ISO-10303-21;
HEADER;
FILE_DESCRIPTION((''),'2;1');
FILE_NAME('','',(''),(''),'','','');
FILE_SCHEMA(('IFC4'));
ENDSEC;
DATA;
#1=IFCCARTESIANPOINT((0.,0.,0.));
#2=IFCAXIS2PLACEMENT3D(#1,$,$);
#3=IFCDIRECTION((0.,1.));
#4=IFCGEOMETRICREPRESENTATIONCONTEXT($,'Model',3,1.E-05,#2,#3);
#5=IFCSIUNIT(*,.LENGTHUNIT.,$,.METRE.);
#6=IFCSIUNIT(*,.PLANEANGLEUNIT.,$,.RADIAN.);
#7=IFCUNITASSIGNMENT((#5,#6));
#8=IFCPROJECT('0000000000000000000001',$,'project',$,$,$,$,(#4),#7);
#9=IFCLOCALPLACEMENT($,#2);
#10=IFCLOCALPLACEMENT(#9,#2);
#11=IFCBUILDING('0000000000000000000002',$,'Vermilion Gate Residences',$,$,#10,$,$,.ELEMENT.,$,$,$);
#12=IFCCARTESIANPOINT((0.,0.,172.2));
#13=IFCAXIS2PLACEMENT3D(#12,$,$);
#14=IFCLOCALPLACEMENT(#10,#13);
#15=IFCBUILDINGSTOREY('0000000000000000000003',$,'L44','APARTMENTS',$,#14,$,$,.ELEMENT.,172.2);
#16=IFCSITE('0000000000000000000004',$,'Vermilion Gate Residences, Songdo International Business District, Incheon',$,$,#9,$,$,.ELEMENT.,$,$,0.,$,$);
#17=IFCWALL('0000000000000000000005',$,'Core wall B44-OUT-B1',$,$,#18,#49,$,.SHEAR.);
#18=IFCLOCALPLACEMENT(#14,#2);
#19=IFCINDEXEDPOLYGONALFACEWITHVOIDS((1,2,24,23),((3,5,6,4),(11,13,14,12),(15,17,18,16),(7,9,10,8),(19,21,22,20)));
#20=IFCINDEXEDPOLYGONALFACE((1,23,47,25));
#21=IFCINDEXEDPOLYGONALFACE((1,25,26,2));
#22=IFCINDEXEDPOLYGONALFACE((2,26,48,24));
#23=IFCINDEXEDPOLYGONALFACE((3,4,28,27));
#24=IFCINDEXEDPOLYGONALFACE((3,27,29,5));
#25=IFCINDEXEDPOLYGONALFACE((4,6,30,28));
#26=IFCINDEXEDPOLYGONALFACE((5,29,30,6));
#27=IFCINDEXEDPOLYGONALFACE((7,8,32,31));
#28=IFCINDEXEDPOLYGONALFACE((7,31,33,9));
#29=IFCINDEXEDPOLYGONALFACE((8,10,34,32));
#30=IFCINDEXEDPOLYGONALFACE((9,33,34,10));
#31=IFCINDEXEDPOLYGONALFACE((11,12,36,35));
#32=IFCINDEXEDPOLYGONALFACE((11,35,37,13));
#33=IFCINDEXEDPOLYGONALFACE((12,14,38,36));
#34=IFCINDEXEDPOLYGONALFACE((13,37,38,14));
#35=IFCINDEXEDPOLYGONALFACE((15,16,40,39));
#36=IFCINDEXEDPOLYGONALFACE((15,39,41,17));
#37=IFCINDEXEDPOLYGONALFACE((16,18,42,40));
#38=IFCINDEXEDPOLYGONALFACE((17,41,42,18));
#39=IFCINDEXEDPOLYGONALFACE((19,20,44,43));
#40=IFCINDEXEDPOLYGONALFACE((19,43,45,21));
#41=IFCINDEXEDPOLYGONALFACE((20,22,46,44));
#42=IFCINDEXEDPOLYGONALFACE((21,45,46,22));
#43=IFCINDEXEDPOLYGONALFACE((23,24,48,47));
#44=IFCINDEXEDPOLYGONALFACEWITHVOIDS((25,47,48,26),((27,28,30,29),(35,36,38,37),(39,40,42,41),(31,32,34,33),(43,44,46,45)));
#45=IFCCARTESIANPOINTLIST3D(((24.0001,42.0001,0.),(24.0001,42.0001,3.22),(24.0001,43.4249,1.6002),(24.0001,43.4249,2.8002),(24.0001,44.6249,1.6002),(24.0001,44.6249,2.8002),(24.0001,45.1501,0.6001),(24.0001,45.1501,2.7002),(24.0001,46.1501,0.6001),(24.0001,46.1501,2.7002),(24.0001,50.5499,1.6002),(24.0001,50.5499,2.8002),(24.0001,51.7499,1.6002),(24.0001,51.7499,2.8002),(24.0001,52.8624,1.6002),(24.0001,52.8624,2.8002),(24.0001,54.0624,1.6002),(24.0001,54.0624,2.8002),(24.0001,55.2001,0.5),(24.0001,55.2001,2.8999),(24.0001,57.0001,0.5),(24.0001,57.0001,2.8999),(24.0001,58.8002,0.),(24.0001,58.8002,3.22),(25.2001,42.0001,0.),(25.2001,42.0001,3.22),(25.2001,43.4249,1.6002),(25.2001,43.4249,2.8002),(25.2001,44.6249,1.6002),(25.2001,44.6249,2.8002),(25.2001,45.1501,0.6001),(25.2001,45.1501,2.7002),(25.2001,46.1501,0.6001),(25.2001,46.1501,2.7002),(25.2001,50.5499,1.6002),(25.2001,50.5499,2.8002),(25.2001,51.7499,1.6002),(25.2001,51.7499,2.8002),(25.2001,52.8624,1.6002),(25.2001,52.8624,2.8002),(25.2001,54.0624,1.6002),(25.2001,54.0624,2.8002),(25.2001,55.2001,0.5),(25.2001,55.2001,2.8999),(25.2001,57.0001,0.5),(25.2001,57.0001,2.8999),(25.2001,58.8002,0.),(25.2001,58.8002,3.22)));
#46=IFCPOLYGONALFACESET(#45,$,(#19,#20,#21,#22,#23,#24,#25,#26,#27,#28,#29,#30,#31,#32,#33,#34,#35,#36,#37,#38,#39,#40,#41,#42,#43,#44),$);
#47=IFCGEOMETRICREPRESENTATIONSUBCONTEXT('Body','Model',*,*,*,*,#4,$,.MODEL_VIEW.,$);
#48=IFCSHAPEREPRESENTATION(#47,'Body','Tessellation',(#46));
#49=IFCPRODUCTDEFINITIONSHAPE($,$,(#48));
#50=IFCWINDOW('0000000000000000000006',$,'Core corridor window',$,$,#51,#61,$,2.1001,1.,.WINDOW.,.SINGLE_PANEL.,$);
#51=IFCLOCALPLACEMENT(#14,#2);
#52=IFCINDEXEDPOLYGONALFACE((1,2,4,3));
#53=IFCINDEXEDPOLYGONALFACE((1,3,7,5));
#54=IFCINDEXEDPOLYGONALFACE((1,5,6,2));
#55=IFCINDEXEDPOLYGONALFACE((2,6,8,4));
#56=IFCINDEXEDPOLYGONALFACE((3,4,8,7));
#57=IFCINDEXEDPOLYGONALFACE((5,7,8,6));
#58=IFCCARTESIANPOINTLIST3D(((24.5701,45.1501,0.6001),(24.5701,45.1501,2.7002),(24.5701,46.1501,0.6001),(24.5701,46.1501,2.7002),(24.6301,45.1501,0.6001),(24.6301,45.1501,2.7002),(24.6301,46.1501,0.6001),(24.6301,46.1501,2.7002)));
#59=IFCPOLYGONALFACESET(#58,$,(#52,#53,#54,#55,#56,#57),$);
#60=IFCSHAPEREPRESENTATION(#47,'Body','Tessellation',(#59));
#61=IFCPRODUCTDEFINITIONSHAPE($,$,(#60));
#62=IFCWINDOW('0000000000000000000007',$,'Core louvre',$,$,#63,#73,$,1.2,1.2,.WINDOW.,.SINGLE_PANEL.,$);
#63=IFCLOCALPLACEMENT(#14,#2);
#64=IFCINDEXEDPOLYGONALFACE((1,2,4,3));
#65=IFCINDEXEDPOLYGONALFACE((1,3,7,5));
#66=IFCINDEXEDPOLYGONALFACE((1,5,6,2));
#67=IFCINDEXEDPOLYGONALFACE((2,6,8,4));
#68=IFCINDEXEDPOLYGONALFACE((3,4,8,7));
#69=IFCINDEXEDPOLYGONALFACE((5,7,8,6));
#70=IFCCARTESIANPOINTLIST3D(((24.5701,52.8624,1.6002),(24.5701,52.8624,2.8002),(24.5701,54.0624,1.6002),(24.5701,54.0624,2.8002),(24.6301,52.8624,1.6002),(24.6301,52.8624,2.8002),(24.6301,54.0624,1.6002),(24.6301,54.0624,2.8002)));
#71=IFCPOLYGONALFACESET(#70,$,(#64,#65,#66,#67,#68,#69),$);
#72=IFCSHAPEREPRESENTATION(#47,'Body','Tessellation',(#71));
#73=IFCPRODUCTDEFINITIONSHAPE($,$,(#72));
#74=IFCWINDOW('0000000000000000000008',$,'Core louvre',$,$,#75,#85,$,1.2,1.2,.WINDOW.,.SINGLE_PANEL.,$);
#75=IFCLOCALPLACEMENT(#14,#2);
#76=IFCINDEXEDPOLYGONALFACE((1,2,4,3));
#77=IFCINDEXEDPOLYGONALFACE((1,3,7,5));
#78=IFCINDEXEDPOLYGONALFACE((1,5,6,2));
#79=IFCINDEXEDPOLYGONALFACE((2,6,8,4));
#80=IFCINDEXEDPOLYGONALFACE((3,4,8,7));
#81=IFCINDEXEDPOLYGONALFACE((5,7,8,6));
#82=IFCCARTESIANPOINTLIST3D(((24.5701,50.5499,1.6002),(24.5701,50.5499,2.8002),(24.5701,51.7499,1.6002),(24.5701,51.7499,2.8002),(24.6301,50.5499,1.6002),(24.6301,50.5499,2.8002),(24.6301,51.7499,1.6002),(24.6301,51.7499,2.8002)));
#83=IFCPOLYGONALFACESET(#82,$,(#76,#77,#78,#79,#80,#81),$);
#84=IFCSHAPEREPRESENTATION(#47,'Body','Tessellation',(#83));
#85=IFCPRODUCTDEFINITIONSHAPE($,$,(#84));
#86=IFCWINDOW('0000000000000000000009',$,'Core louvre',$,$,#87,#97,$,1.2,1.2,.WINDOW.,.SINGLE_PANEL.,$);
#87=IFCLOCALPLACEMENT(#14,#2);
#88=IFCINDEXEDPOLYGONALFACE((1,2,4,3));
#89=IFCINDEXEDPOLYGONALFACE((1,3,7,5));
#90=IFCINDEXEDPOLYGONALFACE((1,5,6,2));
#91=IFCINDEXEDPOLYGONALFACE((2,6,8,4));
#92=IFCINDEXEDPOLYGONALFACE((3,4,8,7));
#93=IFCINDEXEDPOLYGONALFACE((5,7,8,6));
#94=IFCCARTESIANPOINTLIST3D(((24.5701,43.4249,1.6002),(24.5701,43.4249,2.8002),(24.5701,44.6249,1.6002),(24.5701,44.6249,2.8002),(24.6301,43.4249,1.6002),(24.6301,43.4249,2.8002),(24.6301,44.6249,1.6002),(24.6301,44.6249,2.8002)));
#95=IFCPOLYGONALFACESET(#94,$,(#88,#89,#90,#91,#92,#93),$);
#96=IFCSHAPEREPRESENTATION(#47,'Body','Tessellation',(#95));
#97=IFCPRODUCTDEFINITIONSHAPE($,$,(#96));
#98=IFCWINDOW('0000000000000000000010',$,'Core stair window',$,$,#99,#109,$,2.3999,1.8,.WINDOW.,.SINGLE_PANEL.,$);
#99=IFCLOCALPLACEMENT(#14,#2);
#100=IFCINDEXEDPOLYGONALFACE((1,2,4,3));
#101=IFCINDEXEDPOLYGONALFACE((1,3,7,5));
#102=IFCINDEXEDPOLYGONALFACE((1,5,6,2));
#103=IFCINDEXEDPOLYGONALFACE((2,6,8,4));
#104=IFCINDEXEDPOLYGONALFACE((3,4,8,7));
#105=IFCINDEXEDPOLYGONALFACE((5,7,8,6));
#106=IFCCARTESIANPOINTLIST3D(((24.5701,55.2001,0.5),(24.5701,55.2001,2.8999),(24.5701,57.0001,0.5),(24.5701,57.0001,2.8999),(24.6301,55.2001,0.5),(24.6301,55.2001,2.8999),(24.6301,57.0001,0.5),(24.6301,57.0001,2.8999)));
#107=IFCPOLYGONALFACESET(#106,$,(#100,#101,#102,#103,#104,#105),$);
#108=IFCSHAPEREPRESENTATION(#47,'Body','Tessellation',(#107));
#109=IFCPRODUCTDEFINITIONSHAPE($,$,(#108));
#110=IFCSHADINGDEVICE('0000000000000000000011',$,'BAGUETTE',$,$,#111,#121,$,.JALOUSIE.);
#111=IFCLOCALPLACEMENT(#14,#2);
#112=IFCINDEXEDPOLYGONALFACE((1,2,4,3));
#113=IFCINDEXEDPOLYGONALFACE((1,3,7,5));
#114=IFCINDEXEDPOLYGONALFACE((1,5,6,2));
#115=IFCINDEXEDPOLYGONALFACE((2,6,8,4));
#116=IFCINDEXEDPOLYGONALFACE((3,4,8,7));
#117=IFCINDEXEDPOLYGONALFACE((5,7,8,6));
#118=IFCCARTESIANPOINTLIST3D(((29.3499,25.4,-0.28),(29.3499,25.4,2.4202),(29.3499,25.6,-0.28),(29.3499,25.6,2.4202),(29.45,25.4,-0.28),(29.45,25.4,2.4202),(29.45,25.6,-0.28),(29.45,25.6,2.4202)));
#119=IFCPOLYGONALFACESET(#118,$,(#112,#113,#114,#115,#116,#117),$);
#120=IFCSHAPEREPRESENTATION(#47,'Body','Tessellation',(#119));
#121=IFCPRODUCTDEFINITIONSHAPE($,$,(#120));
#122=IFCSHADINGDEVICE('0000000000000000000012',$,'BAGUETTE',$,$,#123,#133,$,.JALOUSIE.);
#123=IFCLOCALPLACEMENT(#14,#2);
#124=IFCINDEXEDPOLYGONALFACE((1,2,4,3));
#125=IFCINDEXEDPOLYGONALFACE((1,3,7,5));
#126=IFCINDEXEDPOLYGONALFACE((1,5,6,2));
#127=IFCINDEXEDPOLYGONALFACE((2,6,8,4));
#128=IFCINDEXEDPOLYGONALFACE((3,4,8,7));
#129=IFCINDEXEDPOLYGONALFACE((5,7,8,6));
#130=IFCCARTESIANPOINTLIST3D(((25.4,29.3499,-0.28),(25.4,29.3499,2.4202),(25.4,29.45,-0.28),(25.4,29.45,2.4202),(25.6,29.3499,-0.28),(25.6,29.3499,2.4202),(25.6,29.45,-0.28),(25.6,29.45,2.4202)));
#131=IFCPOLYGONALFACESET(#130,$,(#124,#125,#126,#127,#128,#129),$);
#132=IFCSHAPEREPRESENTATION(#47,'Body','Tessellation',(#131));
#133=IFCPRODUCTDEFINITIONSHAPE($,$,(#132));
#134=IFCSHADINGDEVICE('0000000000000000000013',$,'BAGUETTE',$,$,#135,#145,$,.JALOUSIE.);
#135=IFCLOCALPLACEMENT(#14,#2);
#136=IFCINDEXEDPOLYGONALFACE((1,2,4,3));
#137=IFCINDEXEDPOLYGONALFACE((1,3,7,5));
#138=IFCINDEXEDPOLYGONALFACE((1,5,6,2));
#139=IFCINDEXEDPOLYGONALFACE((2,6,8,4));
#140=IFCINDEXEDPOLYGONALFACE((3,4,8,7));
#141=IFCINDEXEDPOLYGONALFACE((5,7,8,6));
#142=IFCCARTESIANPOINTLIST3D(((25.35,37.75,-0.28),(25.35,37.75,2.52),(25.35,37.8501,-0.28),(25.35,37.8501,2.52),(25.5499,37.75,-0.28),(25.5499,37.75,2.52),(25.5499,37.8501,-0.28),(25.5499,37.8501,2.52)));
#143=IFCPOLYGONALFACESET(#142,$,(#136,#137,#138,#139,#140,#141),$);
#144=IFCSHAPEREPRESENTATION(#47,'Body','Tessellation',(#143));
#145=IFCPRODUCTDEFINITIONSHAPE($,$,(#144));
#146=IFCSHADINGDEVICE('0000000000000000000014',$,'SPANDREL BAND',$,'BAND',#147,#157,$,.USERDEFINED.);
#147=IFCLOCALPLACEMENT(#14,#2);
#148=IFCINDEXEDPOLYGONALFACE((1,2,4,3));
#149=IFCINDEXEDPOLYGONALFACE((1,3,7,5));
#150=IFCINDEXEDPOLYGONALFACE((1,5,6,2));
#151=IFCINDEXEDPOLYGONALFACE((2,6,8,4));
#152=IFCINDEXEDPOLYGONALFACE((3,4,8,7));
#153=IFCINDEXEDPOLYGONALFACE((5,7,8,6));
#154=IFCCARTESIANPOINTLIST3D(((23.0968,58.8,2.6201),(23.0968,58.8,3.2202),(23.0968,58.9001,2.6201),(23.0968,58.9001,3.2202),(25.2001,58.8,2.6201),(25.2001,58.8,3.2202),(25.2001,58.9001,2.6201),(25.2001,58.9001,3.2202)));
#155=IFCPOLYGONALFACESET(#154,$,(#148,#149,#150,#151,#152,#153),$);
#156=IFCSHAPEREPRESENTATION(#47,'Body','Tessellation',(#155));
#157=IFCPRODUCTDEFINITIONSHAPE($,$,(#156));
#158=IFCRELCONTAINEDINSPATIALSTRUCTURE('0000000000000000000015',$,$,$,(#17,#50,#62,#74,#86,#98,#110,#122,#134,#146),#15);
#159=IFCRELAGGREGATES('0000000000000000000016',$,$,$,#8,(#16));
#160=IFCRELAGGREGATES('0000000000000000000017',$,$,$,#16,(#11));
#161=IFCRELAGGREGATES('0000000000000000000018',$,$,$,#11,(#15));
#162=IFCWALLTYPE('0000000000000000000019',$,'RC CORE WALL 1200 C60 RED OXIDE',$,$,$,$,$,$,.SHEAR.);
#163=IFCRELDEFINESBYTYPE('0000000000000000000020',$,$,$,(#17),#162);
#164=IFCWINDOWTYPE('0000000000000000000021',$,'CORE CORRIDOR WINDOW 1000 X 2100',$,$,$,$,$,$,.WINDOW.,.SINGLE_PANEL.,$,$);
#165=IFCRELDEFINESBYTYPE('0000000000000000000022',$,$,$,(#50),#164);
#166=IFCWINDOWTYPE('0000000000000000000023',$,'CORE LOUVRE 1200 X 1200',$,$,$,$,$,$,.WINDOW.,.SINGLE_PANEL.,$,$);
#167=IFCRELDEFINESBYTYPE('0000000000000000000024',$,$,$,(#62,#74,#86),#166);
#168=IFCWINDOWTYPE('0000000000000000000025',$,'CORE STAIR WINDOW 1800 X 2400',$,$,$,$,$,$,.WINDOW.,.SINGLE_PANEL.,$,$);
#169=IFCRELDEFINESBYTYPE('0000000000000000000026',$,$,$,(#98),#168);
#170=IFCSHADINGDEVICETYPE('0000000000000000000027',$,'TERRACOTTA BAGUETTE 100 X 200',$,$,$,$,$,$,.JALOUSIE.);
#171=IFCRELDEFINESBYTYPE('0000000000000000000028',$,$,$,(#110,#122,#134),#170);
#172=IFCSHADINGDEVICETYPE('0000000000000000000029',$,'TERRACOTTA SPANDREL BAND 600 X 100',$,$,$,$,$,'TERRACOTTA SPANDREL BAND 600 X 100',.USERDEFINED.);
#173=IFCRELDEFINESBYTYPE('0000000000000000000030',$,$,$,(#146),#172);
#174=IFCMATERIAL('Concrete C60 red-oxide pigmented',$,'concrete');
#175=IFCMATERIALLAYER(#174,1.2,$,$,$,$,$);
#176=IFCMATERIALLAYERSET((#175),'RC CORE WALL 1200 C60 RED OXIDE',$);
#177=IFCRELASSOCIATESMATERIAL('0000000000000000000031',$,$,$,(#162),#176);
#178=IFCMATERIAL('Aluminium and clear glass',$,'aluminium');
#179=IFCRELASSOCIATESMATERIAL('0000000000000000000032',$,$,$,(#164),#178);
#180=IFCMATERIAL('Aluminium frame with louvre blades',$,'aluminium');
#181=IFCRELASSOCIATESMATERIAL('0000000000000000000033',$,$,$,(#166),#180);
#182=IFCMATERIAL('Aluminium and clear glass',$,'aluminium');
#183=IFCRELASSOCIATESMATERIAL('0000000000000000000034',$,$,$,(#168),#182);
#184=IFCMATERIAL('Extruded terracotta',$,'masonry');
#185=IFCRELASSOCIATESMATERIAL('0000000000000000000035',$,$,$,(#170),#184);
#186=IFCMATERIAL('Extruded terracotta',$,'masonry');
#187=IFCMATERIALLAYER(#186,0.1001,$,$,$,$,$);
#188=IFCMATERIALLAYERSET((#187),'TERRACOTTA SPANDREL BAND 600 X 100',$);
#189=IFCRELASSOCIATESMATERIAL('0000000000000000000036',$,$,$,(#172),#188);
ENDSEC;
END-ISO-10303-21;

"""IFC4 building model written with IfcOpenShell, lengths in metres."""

from ifc_helpers import new_model, si_unit, direction, frame, frame_2d, origin, origin_2d, place, context, subcontext, project, spatial, rectangle, extrude, material, layer, layer_set, material_profile, profile_set, type_object, element, fill, save


model = new_model("IFC4")

# Units and contexts
model_context = context("Model", 3, precision=1e-05, world=origin(), true_north=direction((0.0, 1.0)))
body_context = subcontext(model_context, "Body", "Model", "MODEL_VIEW")
ifc_project = project(units=[si_unit("LENGTHUNIT", "METRE"), si_unit("PLANEANGLEUNIT", "RADIAN")], contexts=[model_context])

# Site, building, storey
site_placement = place(None, origin())
site = spatial("IfcSite", under=ifc_project, at=site_placement, Name="Vermilion Gate Residences, Songdo International Business District, Incheon", CompositionType="ELEMENT", RefElevation=0.0)
building_placement = place(site_placement, origin())
building = spatial("IfcBuilding", under=site, at=building_placement, Name="Vermilion Gate Residences", CompositionType="ELEMENT")
storey_placement = place(building_placement, frame((0.0, 0.0, 172.2)))
storey = spatial("IfcBuildingStorey", under=building, at=storey_placement, Name="L44", Description="APARTMENTS", CompositionType="ELEMENT", Elevation=172.2)

# Wall, openings, windows
ifc_material_1 = material(Name="Concrete C60 red-oxide pigmented", Category="concrete")
ifc_layer_1 = layer(ifc_material_1, 1.2)
ifc_layer_set_1 = layer_set([ifc_layer_1], Name="RC CORE WALL 1200 C60 RED OXIDE")
wall_type_1 = type_object("IfcWallType", Name="RC CORE WALL 1200 C60 RED OXIDE", PredefinedType="SHEAR", material=ifc_layer_set_1)
wall_1_placement = place(storey_placement, frame((24.6001, 58.8, 0.0), z_axis=(0.0, 0.0, 1.0), x_axis=(0.0, -1.0, 0.0)))
wall_1 = element("IfcWall", 1, at=wall_1_placement, inside=storey, type_object=wall_type_1, Name="Core wall B44-OUT-B1", PredefinedType="SHEAR", context=body_context, shape_type="SweptSolid", body=[
    extrude(rectangle(XDim=16.8, YDim=1.2, at=frame_2d((8.3999, 0.0))), origin(), (0.0, 0.0, 1.0), 3.22),
])
opening_1_placement = place(wall_1_placement, frame((1.8, 0.0, 0.5)))
opening_1 = element("IfcOpeningElement", 2, at=opening_1_placement, cuts=wall_1, PredefinedType="OPENING", context=body_context, shape_type="SweptSolid", body=[
    extrude(rectangle(XDim=1.8, YDim=2.3999, at=frame_2d((0.8999, 1.2))), frame((0.0, 0.6099, 0.0), z_axis=(0.0, -1.0, 0.0), x_axis=(1.0, 0.0, 0.0)), (0.0, 0.0, 1.0), 1.22),
])
opening_2_placement = place(wall_1_placement, frame((4.7375, 0.0, 1.6001)))
opening_2 = element("IfcOpeningElement", 3, at=opening_2_placement, cuts=wall_1, PredefinedType="OPENING", context=body_context, shape_type="SweptSolid", body=[
    extrude(rectangle(XDim=1.2, YDim=1.2, at=frame_2d((0.6001, 0.6001))), frame((0.0, 0.6099, 0.0), z_axis=(0.0, -1.0, 0.0), x_axis=(1.0, 0.0, 0.0)), (0.0, 0.0, 1.0), 1.22),
])
opening_3_placement = place(wall_1_placement, frame((7.05, 0.0, 1.6001)))
opening_3 = element("IfcOpeningElement", 4, at=opening_3_placement, cuts=wall_1, PredefinedType="OPENING", context=body_context, shape_type="SweptSolid", body=[
    extrude(rectangle(XDim=1.2, YDim=1.2, at=frame_2d((0.6001, 0.6001))), frame((0.0, 0.6099, 0.0), z_axis=(0.0, -1.0, 0.0), x_axis=(1.0, 0.0, 0.0)), (0.0, 0.0, 1.0), 1.22),
])
opening_4_placement = place(wall_1_placement, frame((12.6499, 0.0, 0.6001)))
opening_4 = element("IfcOpeningElement", 5, at=opening_4_placement, cuts=wall_1, PredefinedType="OPENING", context=body_context, shape_type="SweptSolid", body=[
    extrude(rectangle(XDim=1.0, YDim=2.1001, at=frame_2d((0.5, 1.05))), frame((0.0, 0.6099, 0.0), z_axis=(0.0, -1.0, 0.0), x_axis=(1.0, 0.0, 0.0)), (0.0, 0.0, 1.0), 1.22),
])
opening_5_placement = place(wall_1_placement, frame((14.175, 0.0, 1.6001)))
opening_5 = element("IfcOpeningElement", 6, at=opening_5_placement, cuts=wall_1, PredefinedType="OPENING", context=body_context, shape_type="SweptSolid", body=[
    extrude(rectangle(XDim=1.2, YDim=1.2, at=frame_2d((0.6001, 0.6001))), frame((0.0, 0.6099, 0.0), z_axis=(0.0, -1.0, 0.0), x_axis=(1.0, 0.0, 0.0)), (0.0, 0.0, 1.0), 1.22),
])
ifc_material_2 = material(Name="Aluminium and clear glass", Category="aluminium")
window_type_1 = type_object("IfcWindowType", Name="CORE CORRIDOR WINDOW 1000 X 2100", PartitioningType="SINGLE_PANEL", PredefinedType="WINDOW", material=ifc_material_2)
window_1_placement = place(opening_4_placement, origin())
window_1 = element("IfcWindow", 7, at=window_1_placement, inside=storey, type_object=window_type_1, Name="Core corridor window", OverallHeight=2.1001, OverallWidth=1.0, PartitioningType="SINGLE_PANEL", PredefinedType="WINDOW", context=body_context, shape_type="SweptSolid", body=[
    extrude(rectangle(XDim=1.0, YDim=2.1001, at=frame_2d((0.5, 1.05))), frame((0.0, 0.03, 0.0), z_axis=(0.0, -1.0, 0.0), x_axis=(1.0, 0.0, 0.0)), (0.0, 0.0, 1.0), 0.0601),
])
fill(opening_4, window_1)
ifc_material_3 = material(Name="Aluminium frame with louvre blades", Category="aluminium")
window_type_2 = type_object("IfcWindowType", Name="CORE LOUVRE 1200 X 1200", PartitioningType="SINGLE_PANEL", PredefinedType="WINDOW", material=ifc_material_3)
window_2_placement = place(opening_2_placement, origin())
window_2 = element("IfcWindow", 8, at=window_2_placement, inside=storey, type_object=window_type_2, Name="Core louvre", OverallHeight=1.2, OverallWidth=1.2, PartitioningType="SINGLE_PANEL", PredefinedType="WINDOW", context=body_context, shape_type="SweptSolid", body=[
    extrude(rectangle(XDim=1.2, YDim=1.2, at=frame_2d((0.6001, 0.6001))), frame((0.0, 0.03, 0.0), z_axis=(0.0, -1.0, 0.0), x_axis=(1.0, 0.0, 0.0)), (0.0, 0.0, 1.0), 0.0601),
])
fill(opening_2, window_2)
window_3_placement = place(opening_3_placement, origin())
window_3 = element("IfcWindow", 9, at=window_3_placement, inside=storey, type_object=window_type_2, Name="Core louvre", OverallHeight=1.2, OverallWidth=1.2, PartitioningType="SINGLE_PANEL", PredefinedType="WINDOW", context=body_context, shape_type="SweptSolid", body=[
    extrude(rectangle(XDim=1.2, YDim=1.2, at=frame_2d((0.6001, 0.6001))), frame((0.0, 0.03, 0.0), z_axis=(0.0, -1.0, 0.0), x_axis=(1.0, 0.0, 0.0)), (0.0, 0.0, 1.0), 0.0601),
])
fill(opening_3, window_3)
window_4_placement = place(opening_5_placement, origin())
window_4 = element("IfcWindow", 10, at=window_4_placement, inside=storey, type_object=window_type_2, Name="Core louvre", OverallHeight=1.2, OverallWidth=1.2, PartitioningType="SINGLE_PANEL", PredefinedType="WINDOW", context=body_context, shape_type="SweptSolid", body=[
    extrude(rectangle(XDim=1.2, YDim=1.2, at=frame_2d((0.6001, 0.6001))), frame((0.0, 0.03, 0.0), z_axis=(0.0, -1.0, 0.0), x_axis=(1.0, 0.0, 0.0)), (0.0, 0.0, 1.0), 0.0601),
])
fill(opening_5, window_4)
ifc_material_4 = material(Name="Aluminium and clear glass", Category="aluminium")
window_type_3 = type_object("IfcWindowType", Name="CORE STAIR WINDOW 1800 X 2400", PartitioningType="SINGLE_PANEL", PredefinedType="WINDOW", material=ifc_material_4)
window_5_placement = place(opening_1_placement, origin())
window_5 = element("IfcWindow", 11, at=window_5_placement, inside=storey, type_object=window_type_3, Name="Core stair window", OverallHeight=2.3999, OverallWidth=1.8, PartitioningType="SINGLE_PANEL", PredefinedType="WINDOW", context=body_context, shape_type="SweptSolid", body=[
    extrude(rectangle(XDim=1.8, YDim=2.3999, at=frame_2d((0.8999, 1.2))), frame((0.0, 0.03, 0.0), z_axis=(0.0, -1.0, 0.0), x_axis=(1.0, 0.0, 0.0)), (0.0, 0.0, 1.0), 0.0601),
])
fill(opening_1, window_5)

# Shading devices
ifc_material_5 = material(Name="Extruded terracotta", Category="masonry")
ifc_material_profile_1 = material_profile(ifc_material_5, rectangle(XDim=0.2, YDim=0.1001, at=origin_2d()), Name="BAGUETTE 100 X 200")
ifc_profile_set_1 = profile_set([ifc_material_profile_1], Name="Extruded terracotta")
shading_device_type_1 = type_object("IfcShadingDeviceType", Name="TERRACOTTA BAGUETTE 100 X 200", PredefinedType="JALOUSIE", material=ifc_profile_set_1)
for number, where, z_axis, x_axis, name in (
    (12, (29.3999, 25.5, -0.28), (0.0, 0.0, 1.0), (0.0, -1.0, 0.0), "BAGUETTE"),
    (13, (25.5, 29.3999, -0.28), (0.0, 0.0, 1.0), (-1.0, 0.0, 0.0), "BAGUETTE"),
):
    element("IfcShadingDevice", number, at=place(storey_placement, frame(where, z_axis=z_axis, x_axis=x_axis)), inside=storey, type_object=shading_device_type_1, Name=name, PredefinedType="JALOUSIE", context=body_context, shape_type="SweptSolid", body=[
        extrude(rectangle(XDim=0.2, YDim=0.1001, at=origin_2d()), origin(), (0.0, 0.0, 1.0), 2.7002),
    ])
shading_device_1_placement = place(storey_placement, frame((25.45, 37.8, -0.28), z_axis=(0.0, 0.0, 1.0), x_axis=(-1.0, 0.0, 0.0)))
element("IfcShadingDevice", 14, at=shading_device_1_placement, inside=storey, type_object=shading_device_type_1, Name="BAGUETTE", PredefinedType="JALOUSIE", context=body_context, shape_type="SweptSolid", body=[
    extrude(rectangle(XDim=0.2, YDim=0.1001, at=origin_2d()), origin(), (0.0, 0.0, 1.0), 2.8),
])
ifc_material_6 = material(Name="Extruded terracotta", Category="masonry")
ifc_layer_2 = layer(ifc_material_6, 0.1001)
ifc_layer_set_2 = layer_set([ifc_layer_2], Name="TERRACOTTA SPANDREL BAND 600 X 100")
shading_device_type_2 = type_object("IfcShadingDeviceType", Name="TERRACOTTA SPANDREL BAND 600 X 100", ElementType="TERRACOTTA SPANDREL BAND 600 X 100", PredefinedType="USERDEFINED", material=ifc_layer_set_2)
shading_device_2_placement = place(storey_placement, frame((24.1484, 58.8501, 2.6201), z_axis=(0.0, 0.0, 1.0), x_axis=(1.0, 0.0, 0.0)))
element("IfcShadingDevice", 15, at=shading_device_2_placement, inside=storey, type_object=shading_device_type_2, Name="SPANDREL BAND", ObjectType="BAND", PredefinedType="USERDEFINED", context=body_context, shape_type="SweptSolid", body=[
    extrude(rectangle(XDim=2.1033, YDim=0.1001, at=origin_2d()), origin(), (0.0, 0.0, 1.0), 0.6001),
])

save(model, "model.ifc")
